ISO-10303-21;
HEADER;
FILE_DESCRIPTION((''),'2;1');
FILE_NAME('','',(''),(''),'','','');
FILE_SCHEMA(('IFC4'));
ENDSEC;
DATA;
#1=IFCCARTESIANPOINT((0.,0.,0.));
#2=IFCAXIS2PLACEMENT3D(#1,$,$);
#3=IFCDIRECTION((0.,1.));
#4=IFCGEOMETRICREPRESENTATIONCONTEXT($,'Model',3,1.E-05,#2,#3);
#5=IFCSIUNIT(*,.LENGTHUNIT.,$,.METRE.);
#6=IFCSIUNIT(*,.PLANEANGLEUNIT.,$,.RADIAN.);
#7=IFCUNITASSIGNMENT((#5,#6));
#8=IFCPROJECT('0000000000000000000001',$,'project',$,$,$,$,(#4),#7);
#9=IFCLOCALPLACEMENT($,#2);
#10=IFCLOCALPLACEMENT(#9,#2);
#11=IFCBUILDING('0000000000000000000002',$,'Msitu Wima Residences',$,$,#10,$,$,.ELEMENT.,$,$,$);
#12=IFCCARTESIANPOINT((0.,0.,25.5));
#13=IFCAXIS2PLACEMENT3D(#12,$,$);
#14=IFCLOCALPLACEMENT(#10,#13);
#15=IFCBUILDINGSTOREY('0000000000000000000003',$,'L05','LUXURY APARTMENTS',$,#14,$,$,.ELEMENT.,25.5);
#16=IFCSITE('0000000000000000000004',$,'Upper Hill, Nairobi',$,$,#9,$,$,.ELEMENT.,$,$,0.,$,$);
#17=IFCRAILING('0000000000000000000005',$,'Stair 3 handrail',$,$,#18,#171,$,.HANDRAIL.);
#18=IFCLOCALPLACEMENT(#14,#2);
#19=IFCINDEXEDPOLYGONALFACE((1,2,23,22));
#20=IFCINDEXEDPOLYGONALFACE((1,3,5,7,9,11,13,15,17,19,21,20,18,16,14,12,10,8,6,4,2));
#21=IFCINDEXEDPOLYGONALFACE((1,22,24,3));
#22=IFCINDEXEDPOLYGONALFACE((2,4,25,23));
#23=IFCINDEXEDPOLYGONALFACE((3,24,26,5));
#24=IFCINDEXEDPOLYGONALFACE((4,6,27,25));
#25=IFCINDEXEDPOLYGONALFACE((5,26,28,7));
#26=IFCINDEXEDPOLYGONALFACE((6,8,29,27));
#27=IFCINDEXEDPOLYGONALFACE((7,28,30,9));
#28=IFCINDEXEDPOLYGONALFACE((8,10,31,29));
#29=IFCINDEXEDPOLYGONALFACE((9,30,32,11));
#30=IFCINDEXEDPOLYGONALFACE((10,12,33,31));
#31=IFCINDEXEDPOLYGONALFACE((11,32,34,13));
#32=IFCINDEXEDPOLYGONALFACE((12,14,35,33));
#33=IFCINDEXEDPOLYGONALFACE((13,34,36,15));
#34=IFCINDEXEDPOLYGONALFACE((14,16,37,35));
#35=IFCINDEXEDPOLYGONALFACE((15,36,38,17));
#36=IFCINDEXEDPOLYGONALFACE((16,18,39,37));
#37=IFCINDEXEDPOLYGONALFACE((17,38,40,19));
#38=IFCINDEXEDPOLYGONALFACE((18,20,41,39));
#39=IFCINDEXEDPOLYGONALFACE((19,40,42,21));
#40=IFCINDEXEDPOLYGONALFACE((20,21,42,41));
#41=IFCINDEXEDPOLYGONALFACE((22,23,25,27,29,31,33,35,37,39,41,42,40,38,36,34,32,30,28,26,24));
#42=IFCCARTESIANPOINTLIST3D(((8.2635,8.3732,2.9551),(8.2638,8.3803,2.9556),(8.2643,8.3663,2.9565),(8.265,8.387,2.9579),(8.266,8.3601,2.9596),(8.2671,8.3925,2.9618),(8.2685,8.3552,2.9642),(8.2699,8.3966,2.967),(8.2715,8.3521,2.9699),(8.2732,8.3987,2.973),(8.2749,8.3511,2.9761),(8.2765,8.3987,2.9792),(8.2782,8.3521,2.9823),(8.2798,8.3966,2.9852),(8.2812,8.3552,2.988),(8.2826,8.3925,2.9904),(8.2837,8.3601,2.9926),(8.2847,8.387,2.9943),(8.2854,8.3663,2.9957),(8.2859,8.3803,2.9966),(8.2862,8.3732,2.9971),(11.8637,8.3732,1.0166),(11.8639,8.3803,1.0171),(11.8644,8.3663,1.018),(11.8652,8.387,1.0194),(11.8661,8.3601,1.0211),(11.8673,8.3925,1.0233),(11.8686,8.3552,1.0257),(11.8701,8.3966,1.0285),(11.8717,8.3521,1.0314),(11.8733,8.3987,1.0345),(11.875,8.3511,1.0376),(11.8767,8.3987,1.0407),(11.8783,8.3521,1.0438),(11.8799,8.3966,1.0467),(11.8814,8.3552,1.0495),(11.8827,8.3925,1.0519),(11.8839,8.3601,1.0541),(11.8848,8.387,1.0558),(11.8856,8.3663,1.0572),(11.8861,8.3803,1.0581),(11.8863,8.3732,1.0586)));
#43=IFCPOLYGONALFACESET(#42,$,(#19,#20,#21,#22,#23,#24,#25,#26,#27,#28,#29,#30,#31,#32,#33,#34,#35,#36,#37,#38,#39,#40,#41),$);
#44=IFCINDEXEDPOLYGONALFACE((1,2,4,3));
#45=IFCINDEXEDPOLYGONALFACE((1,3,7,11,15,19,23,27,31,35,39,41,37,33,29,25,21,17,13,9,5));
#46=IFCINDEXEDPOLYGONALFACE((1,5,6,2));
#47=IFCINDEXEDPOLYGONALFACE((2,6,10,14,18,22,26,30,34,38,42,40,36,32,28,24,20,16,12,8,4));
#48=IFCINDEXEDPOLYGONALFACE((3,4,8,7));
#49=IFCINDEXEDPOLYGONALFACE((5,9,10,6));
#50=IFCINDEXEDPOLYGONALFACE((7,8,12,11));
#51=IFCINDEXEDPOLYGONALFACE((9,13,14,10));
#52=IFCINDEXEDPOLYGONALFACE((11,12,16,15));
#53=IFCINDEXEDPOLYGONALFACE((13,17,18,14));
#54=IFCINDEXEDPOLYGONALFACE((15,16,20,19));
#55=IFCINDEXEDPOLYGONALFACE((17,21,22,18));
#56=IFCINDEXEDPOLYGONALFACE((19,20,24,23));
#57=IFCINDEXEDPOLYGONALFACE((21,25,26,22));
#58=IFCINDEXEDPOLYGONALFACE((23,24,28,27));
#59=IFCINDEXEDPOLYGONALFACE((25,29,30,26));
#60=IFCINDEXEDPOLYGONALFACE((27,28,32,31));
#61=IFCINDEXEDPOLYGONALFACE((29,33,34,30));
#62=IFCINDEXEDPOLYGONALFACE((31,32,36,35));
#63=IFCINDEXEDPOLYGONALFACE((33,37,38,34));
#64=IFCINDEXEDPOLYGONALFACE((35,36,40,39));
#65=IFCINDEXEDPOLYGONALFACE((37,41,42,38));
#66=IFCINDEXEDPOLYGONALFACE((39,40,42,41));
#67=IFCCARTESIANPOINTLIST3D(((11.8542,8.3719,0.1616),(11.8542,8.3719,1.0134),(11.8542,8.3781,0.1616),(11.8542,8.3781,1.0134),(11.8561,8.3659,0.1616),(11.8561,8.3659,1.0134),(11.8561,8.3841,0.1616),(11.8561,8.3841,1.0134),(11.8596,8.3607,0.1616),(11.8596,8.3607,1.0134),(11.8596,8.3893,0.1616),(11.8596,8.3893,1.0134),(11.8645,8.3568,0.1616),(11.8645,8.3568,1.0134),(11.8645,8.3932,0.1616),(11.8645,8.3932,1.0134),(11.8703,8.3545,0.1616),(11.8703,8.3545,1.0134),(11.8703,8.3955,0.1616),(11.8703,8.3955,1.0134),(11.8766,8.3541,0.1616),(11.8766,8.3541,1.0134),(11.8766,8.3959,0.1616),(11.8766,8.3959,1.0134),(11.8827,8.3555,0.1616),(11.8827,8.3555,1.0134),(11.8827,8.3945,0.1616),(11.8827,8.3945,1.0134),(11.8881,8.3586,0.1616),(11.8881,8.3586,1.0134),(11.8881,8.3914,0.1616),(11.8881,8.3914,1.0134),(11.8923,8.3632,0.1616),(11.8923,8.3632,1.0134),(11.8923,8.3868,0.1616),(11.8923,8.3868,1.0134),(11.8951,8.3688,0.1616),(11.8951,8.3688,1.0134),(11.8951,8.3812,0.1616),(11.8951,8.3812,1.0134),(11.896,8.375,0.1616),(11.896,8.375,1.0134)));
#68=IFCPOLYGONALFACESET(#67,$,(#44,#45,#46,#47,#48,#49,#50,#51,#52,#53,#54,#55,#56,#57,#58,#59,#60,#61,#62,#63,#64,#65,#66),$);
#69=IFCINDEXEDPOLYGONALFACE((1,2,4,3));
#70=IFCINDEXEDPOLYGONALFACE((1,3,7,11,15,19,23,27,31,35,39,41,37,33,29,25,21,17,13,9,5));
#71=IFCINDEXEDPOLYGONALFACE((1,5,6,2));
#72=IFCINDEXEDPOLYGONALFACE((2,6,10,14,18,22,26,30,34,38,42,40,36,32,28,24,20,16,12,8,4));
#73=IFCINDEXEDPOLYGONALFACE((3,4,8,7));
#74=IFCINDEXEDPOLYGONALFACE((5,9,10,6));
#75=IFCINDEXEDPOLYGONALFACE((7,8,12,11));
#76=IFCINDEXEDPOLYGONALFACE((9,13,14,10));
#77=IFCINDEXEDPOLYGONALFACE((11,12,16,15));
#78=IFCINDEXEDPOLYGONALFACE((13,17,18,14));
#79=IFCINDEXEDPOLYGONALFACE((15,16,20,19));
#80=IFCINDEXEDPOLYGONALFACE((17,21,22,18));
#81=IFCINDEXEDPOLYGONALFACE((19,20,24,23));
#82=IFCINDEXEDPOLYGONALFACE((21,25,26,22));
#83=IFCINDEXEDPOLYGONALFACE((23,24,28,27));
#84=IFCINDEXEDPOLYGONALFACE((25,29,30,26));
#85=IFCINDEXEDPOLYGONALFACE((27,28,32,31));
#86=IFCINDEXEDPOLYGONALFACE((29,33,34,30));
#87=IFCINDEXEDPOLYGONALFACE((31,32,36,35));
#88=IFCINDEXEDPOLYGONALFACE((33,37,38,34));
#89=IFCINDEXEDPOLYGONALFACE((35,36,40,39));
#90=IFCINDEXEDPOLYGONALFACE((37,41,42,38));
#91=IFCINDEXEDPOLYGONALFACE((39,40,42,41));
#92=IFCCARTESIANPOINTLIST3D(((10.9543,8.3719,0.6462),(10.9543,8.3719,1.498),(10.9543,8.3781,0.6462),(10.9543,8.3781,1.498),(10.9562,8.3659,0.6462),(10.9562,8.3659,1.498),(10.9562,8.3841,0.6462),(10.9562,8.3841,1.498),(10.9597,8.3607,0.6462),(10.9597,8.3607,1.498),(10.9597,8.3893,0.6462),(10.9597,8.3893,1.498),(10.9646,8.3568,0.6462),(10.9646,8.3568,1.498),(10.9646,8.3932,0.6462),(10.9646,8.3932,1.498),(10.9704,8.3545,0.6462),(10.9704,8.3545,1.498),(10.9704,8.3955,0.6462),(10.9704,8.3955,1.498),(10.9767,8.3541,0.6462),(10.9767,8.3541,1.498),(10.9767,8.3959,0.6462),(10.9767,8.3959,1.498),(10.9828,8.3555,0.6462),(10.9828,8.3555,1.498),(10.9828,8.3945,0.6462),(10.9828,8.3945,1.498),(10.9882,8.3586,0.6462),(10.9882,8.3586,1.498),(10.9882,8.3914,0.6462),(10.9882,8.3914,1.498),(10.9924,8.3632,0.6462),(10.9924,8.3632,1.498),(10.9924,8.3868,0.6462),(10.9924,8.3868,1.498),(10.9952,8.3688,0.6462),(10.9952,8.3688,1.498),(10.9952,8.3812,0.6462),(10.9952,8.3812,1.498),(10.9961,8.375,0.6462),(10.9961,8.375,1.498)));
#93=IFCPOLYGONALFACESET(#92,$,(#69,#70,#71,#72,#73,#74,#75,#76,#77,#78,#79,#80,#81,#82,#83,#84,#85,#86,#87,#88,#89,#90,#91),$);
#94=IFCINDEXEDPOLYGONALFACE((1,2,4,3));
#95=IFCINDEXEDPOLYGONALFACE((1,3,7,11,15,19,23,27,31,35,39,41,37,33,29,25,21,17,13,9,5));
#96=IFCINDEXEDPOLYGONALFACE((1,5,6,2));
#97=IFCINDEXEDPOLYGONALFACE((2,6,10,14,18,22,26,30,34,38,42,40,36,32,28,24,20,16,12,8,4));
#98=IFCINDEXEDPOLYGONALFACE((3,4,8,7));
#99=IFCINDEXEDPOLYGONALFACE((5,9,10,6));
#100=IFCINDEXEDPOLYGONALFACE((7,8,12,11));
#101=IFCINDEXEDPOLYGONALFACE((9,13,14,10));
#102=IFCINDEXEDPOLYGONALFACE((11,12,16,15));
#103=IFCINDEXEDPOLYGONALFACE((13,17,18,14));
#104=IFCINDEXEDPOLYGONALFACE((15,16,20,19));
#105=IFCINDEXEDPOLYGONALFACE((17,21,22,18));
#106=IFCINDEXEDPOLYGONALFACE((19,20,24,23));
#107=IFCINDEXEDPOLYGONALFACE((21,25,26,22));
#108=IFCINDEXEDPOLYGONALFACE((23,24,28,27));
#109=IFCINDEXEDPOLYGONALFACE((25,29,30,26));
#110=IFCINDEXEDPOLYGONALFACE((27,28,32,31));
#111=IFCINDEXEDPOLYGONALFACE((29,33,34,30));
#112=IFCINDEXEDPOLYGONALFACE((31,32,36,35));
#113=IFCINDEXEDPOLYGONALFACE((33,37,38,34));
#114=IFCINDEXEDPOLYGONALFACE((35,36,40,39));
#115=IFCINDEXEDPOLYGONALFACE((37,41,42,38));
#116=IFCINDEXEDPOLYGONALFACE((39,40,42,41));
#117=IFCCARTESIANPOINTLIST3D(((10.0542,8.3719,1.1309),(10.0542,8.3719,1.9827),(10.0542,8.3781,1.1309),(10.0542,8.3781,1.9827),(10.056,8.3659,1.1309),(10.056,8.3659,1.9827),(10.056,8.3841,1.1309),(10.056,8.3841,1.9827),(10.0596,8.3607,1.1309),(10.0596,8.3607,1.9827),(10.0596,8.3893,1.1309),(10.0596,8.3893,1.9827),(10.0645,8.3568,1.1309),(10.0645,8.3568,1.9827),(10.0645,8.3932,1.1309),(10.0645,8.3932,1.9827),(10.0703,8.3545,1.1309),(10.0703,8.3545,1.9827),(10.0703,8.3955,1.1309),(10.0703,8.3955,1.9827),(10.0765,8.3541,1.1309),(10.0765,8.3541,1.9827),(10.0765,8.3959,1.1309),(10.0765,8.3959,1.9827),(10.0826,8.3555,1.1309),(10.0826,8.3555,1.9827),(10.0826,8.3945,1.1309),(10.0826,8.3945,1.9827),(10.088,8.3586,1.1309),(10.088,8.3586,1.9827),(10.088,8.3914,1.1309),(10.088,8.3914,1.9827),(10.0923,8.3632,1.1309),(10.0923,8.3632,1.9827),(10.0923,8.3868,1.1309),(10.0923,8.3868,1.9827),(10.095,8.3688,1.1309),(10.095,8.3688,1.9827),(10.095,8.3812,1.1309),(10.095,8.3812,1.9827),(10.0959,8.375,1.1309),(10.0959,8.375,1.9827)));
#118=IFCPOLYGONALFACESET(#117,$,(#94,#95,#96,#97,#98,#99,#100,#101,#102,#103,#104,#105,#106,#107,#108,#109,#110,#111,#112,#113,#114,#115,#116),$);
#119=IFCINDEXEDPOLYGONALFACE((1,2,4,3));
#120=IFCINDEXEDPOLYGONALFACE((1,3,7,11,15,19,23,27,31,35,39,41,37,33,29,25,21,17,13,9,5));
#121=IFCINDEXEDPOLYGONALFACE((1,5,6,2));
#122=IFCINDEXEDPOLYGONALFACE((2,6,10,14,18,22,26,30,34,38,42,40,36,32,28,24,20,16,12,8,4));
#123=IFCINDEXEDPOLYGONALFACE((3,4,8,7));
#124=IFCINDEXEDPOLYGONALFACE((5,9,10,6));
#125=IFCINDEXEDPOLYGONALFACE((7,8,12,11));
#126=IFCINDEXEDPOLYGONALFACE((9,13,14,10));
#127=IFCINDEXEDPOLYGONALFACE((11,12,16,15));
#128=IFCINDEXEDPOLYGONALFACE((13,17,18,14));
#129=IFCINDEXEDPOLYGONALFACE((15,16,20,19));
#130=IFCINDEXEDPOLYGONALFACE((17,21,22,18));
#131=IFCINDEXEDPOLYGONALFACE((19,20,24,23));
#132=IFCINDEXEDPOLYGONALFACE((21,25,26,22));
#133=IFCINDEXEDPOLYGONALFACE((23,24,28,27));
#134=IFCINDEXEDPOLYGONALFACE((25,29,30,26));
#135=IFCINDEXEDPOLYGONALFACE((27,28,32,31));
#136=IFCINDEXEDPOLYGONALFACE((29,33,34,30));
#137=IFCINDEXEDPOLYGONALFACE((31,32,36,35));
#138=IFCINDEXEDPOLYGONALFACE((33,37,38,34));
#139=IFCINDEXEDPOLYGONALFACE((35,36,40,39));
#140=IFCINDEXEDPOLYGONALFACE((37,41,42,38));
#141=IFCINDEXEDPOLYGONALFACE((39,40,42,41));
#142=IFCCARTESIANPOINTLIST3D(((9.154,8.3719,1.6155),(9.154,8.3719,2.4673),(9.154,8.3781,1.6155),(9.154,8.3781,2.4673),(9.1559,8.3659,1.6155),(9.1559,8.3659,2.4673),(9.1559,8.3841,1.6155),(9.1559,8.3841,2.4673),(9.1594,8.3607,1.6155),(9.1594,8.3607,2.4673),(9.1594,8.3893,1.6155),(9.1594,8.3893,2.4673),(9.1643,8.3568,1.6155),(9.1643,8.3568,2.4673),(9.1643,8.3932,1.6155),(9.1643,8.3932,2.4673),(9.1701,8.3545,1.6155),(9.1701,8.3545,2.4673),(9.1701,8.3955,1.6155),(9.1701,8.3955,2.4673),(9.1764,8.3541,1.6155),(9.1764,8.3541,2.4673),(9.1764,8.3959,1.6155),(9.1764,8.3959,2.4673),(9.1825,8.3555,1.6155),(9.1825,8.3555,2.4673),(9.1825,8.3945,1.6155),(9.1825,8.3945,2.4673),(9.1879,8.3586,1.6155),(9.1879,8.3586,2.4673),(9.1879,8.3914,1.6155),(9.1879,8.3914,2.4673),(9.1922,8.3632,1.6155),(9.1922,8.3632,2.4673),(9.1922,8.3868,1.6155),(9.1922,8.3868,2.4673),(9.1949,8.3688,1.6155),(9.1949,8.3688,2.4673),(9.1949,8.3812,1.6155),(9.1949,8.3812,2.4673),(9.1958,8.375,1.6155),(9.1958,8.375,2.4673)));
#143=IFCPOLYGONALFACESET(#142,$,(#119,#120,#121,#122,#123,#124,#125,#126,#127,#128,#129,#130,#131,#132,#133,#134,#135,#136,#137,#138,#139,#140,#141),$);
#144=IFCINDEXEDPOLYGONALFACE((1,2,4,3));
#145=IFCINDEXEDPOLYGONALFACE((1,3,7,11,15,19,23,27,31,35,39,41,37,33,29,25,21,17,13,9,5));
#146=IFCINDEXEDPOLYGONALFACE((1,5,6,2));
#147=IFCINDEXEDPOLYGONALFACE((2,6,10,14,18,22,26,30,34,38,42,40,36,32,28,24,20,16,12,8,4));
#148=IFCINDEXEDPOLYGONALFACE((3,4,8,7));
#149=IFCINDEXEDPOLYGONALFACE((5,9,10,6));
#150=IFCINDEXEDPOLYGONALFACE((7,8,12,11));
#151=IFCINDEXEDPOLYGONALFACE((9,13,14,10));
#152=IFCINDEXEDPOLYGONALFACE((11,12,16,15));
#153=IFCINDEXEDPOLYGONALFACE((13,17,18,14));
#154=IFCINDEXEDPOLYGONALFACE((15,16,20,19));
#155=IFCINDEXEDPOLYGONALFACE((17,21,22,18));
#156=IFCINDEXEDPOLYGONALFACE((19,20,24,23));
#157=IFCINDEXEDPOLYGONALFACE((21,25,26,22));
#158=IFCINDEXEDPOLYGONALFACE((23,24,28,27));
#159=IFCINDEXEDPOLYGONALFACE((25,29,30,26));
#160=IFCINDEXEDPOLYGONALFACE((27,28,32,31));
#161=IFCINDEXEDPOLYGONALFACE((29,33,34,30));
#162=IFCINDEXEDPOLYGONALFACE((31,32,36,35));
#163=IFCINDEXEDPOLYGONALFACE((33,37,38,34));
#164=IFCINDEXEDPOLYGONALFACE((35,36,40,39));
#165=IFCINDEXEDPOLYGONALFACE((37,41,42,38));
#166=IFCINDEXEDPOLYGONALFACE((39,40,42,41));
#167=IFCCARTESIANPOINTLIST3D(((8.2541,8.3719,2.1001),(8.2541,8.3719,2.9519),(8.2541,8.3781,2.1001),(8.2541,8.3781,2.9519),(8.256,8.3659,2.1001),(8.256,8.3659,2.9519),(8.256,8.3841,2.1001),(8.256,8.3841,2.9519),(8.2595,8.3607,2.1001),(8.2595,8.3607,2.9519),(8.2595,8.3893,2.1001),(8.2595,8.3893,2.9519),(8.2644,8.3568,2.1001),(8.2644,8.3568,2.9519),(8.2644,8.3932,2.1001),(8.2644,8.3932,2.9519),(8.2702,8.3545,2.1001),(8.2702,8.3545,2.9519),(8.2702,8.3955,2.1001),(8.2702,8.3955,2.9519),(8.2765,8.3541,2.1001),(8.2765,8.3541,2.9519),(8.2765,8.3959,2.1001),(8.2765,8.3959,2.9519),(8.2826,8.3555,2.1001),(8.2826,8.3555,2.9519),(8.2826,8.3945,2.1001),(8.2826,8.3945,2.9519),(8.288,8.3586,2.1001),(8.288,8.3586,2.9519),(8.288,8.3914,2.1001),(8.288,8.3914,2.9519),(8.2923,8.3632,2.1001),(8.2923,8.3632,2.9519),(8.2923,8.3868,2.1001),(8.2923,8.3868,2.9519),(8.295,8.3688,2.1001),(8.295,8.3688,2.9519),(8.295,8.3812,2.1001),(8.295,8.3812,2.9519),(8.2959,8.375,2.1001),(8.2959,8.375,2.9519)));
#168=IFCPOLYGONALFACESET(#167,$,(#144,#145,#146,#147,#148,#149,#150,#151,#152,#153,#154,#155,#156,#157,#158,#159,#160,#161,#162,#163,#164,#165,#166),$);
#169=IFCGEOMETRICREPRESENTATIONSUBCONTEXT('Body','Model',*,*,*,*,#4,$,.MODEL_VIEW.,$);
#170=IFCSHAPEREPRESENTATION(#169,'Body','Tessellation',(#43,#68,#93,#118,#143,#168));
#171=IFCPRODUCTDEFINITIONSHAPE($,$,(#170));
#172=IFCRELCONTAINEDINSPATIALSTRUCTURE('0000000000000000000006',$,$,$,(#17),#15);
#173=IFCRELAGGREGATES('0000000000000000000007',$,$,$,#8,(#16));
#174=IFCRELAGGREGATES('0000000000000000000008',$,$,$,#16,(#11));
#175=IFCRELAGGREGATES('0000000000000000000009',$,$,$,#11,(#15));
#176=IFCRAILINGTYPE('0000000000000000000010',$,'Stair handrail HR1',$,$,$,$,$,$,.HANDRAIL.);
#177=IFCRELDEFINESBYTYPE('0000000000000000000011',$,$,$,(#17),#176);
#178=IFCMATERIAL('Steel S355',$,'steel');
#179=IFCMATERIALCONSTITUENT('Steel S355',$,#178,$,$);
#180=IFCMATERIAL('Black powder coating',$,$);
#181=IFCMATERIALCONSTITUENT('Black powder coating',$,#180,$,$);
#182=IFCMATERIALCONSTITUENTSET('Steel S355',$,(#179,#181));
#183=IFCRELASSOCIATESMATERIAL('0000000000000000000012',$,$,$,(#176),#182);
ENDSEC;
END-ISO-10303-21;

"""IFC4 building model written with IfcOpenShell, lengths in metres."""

from ifc_helpers import new_model, si_unit, direction, frame, origin, origin_2d, place, context, subcontext, project, spatial, circle, extrude, material, constituent, constituent_set, type_object, element, save


model = new_model("IFC4")

# Units and contexts
model_context = context("Model", 3, precision=1e-05, world=origin(), true_north=direction((0.0, 1.0)))
body_context = subcontext(model_context, "Body", "Model", "MODEL_VIEW")
ifc_project = project(units=[si_unit("LENGTHUNIT", "METRE"), si_unit("PLANEANGLEUNIT", "RADIAN")], contexts=[model_context])

# Site, building, storey
site_placement = place(None, origin())
site = spatial("IfcSite", under=ifc_project, at=site_placement, Name="Upper Hill, Nairobi", CompositionType="ELEMENT", RefElevation=0.0)
building_placement = place(site_placement, origin())
building = spatial("IfcBuilding", under=site, at=building_placement, Name="Msitu Wima Residences", CompositionType="ELEMENT")
storey_placement = place(building_placement, frame((0.0, 0.0, 25.5)))
storey = spatial("IfcBuildingStorey", under=building, at=storey_placement, Name="L05", Description="LUXURY APARTMENTS", CompositionType="ELEMENT", Elevation=25.5)

# Railing
ifc_material_1 = material(Name="Steel S355", Category="steel")
ifc_constituent_1 = constituent(ifc_material_1, Name="Steel S355")
ifc_material_2 = material(Name="Black powder coating")
ifc_constituent_2 = constituent(ifc_material_2, Name="Black powder coating")
ifc_constituent_set = constituent_set(constituents=[ifc_constituent_1, ifc_constituent_2], Name="Steel S355")
railing_type = type_object("IfcRailingType", Name="Stair handrail HR1", PredefinedType="HANDRAIL", material=ifc_constituent_set)
for number, where, name in (
    (1, (11.875, 8.375, 0.1616), "Stair 3 handrail"),
):
    element("IfcRailing", number, at=place(storey_placement, frame(where)), inside=storey, type_object=railing_type, Name=name, PredefinedType="HANDRAIL", context=body_context, shape_type="SweptSolid", body=[
        extrude(circle(Radius=0.0239, at=origin_2d()), frame((0.0, 0.0, 0.876), z_axis=(-0.880475, 0.0, 0.474093), x_axis=(0.0, -1.0, 0.0)), (0.0, 0.0, 1.0), 4.0889),
        extrude(circle(Radius=0.021, at=origin_2d()), origin(), (0.0, 0.0, 1.0), 0.8518),
        extrude(circle(Radius=0.021, at=origin_2d()), frame((-0.8999, 0.0, 0.4846)), (0.0, 0.0, 1.0), 0.8518),
        extrude(circle(Radius=0.021, at=origin_2d()), frame((-1.8, 0.0, 0.9692)), (0.0, 0.0, 1.0), 0.8518),
        extrude(circle(Radius=0.021, at=origin_2d()), frame((-2.7002, 0.0, 1.4539)), (0.0, 0.0, 1.0), 0.8518),
        extrude(circle(Radius=0.021, at=origin_2d()), frame((-3.6001, 0.0, 1.9385)), (0.0, 0.0, 1.0), 0.8518),
    ])

save(model, "model.ifc")
